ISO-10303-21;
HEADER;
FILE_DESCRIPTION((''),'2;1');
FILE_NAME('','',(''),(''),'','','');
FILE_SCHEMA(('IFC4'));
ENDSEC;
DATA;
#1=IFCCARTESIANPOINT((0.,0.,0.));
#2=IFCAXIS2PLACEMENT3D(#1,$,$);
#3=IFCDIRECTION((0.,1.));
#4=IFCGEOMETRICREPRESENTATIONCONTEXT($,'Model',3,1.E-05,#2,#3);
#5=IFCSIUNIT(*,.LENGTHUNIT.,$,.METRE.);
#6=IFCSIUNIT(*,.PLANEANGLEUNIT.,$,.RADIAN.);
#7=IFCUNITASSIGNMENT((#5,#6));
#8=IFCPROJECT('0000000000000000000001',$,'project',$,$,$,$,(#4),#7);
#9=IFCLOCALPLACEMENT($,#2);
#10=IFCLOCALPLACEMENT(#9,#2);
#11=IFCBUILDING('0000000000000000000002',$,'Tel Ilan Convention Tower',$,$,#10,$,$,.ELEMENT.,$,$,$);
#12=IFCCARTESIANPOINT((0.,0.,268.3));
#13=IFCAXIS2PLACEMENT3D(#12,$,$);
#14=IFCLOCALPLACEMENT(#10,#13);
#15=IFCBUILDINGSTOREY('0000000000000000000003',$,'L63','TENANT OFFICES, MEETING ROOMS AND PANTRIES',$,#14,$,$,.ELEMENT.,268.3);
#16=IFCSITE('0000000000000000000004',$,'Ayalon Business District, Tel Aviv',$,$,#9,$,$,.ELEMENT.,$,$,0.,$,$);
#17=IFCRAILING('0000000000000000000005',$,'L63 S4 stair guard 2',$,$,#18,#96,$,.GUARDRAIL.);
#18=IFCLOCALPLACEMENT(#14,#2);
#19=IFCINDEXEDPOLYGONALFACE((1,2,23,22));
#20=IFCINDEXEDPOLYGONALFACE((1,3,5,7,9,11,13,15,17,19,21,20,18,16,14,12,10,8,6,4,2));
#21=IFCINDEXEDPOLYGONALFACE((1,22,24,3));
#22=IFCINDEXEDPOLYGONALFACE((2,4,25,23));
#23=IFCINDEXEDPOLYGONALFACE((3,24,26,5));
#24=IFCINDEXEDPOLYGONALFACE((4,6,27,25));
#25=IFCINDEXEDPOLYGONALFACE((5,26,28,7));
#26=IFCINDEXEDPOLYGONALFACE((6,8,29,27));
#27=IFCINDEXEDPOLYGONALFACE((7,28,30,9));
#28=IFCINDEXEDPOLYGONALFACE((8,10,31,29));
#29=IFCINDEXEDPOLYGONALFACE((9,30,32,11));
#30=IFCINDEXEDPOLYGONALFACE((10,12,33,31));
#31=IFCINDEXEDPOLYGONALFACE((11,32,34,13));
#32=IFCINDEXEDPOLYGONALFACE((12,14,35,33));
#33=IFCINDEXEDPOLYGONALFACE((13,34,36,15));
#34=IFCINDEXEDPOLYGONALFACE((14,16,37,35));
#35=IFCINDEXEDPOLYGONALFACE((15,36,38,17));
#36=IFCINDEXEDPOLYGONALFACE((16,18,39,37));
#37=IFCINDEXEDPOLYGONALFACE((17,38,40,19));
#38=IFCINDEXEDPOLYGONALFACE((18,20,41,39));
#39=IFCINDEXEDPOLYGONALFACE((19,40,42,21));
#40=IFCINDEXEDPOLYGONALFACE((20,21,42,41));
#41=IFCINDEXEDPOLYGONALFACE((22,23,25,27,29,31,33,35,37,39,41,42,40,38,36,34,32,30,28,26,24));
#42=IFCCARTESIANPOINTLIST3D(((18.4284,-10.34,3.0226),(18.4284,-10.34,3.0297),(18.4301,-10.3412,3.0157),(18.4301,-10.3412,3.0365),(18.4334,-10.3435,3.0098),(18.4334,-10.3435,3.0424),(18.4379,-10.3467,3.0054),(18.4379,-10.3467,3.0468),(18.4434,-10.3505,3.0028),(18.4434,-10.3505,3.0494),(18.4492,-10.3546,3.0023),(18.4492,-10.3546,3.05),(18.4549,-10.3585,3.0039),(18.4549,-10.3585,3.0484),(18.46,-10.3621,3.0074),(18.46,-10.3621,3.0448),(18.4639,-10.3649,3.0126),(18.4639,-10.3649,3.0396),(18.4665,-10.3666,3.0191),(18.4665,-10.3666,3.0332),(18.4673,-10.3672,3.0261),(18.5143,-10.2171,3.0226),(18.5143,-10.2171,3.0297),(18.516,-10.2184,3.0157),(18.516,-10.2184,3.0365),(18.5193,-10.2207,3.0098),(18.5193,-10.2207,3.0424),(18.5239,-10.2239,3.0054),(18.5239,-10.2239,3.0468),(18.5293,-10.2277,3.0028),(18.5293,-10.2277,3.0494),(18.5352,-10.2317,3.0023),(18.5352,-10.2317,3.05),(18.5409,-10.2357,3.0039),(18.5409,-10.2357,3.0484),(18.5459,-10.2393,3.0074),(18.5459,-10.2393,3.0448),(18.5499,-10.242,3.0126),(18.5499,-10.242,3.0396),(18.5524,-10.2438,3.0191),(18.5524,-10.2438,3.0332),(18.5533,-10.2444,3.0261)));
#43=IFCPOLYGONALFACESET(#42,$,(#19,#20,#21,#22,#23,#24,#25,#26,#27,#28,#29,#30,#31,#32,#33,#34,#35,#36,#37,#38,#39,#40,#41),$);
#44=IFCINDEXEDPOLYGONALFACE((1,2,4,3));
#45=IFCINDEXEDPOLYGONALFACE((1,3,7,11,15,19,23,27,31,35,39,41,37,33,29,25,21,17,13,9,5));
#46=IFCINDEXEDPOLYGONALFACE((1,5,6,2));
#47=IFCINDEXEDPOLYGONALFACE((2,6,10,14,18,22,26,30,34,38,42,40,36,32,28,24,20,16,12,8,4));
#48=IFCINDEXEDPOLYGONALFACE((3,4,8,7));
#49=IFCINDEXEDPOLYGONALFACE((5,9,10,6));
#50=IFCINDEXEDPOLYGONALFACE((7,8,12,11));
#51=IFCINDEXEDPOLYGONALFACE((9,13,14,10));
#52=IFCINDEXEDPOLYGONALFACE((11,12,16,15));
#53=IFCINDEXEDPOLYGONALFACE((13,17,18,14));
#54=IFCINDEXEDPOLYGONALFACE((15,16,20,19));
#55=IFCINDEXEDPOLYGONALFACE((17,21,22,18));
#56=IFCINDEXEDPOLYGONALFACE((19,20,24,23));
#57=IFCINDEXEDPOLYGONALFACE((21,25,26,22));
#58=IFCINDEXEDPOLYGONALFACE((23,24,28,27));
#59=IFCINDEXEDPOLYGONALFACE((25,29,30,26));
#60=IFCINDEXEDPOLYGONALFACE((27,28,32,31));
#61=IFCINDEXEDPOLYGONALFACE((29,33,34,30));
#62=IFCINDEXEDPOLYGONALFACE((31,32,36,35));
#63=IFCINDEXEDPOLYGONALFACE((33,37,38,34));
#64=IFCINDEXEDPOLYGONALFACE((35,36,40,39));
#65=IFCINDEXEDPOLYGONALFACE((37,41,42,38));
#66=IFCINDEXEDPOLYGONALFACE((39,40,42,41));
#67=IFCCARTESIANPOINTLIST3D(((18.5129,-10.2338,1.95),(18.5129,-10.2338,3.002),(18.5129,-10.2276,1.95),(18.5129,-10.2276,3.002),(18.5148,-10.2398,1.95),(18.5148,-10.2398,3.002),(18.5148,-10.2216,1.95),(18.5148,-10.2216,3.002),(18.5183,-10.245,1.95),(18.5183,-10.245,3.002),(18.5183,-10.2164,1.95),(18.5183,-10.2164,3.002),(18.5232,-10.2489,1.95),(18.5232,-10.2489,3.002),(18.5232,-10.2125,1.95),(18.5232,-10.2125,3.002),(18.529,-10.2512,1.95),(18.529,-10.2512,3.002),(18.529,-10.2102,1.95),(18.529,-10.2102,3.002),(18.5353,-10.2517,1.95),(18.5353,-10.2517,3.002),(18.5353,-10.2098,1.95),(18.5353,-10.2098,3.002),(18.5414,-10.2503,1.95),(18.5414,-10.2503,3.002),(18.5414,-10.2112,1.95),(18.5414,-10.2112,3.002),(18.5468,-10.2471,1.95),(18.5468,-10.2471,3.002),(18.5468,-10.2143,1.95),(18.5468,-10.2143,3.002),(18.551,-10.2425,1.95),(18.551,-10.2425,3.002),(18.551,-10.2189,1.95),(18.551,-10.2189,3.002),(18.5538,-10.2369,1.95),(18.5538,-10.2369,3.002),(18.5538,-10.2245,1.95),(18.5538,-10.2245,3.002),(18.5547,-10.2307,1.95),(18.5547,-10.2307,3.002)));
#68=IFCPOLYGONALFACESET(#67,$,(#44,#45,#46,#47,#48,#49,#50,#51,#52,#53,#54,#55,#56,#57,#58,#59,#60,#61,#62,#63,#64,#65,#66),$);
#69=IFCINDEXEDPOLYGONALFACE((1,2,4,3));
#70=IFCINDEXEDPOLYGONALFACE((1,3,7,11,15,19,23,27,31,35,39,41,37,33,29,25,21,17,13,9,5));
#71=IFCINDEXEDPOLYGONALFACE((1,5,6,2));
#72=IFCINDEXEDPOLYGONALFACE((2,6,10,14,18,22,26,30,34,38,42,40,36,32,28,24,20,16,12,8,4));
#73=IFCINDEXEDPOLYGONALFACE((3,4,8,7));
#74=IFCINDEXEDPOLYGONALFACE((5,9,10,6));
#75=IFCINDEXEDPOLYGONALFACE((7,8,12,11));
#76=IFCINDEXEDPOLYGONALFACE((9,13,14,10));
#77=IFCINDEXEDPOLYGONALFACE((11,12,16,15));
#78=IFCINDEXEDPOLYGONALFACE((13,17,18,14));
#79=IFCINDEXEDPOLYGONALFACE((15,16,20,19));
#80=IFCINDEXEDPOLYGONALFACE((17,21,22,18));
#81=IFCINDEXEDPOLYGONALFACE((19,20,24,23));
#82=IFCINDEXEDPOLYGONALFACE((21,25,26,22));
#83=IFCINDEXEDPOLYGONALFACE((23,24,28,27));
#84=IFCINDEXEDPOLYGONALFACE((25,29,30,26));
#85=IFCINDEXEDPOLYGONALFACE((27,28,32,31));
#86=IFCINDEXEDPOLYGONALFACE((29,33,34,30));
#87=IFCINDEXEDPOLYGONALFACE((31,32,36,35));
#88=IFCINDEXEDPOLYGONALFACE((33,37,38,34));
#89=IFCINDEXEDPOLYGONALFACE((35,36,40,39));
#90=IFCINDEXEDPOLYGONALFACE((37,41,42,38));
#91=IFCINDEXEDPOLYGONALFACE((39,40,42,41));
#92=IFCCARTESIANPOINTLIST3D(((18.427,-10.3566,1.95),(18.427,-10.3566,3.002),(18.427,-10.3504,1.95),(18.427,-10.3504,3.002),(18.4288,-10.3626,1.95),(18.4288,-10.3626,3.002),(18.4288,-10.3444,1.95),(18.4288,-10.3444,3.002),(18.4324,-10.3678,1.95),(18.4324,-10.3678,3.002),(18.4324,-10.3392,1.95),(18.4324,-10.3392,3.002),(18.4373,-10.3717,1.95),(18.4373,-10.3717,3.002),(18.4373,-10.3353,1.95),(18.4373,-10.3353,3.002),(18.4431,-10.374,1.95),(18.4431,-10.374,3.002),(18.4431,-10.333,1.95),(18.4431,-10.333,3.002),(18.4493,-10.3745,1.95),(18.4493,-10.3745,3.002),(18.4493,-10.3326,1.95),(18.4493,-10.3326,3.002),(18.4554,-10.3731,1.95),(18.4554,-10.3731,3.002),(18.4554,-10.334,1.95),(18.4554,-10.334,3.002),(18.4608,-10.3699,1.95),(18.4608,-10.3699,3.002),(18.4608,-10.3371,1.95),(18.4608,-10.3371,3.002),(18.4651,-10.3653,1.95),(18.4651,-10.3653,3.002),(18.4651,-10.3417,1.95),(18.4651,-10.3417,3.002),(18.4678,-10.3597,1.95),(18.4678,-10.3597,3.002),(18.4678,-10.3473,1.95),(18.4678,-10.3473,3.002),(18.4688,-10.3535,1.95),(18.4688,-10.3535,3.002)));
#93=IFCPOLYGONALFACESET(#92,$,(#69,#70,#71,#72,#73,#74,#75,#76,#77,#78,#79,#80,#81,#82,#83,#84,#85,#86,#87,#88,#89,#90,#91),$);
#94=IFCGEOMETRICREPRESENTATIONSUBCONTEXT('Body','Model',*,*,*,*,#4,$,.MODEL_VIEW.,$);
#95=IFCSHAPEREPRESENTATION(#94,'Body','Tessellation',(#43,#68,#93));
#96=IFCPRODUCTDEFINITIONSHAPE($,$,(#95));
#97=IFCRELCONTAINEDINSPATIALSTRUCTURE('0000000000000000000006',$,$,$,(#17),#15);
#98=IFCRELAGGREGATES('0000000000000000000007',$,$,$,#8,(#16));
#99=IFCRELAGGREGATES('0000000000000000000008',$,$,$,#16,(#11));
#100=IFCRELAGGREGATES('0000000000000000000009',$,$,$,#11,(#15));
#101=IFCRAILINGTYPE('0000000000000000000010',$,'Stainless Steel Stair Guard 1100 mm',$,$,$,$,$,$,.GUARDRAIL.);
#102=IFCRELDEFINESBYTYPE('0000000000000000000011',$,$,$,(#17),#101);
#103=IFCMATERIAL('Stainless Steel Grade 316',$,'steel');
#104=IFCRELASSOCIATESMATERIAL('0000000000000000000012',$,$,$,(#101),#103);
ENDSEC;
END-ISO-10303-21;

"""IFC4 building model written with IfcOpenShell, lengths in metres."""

from ifc_helpers import new_model, si_unit, direction, frame, origin, origin_2d, place, context, subcontext, project, spatial, circle, extrude, material, type_object, element, save


model = new_model("IFC4")

# Units and contexts
model_context = context("Model", 3, precision=1e-05, world=origin(), true_north=direction((0.0, 1.0)))
body_context = subcontext(model_context, "Body", "Model", "MODEL_VIEW")
ifc_project = project(units=[si_unit("LENGTHUNIT", "METRE"), si_unit("PLANEANGLEUNIT", "RADIAN")], contexts=[model_context])

# Site, building, storey
site_placement = place(None, origin())
site = spatial("IfcSite", under=ifc_project, at=site_placement, Name="Ayalon Business District, Tel Aviv", CompositionType="ELEMENT", RefElevation=0.0)
building_placement = place(site_placement, origin())
building = spatial("IfcBuilding", under=site, at=building_placement, Name="Tel Ilan Convention Tower", CompositionType="ELEMENT")
storey_placement = place(building_placement, frame((0.0, 0.0, 268.3)))
storey = spatial("IfcBuildingStorey", under=building, at=storey_placement, Name="L63", Description="TENANT OFFICES, MEETING ROOMS AND PANTRIES", CompositionType="ELEMENT", Elevation=268.3)

# Railing
ifc_material_1 = material(Name="Stainless Steel Grade 316", Category="steel")
railing_type_1 = type_object("IfcRailingType", Name="Stainless Steel Stair Guard 1100 mm", PredefinedType="GUARDRAIL", material=ifc_material_1)
railing_1_placement = place(storey_placement, frame((18.5337, -10.2307, 1.95)))
element("IfcRailing", 1, at=railing_1_placement, inside=storey, type_object=railing_type_1, Name="L63 S4 stair guard 2", PredefinedType="GUARDRAIL", context=body_context, shape_type="SweptSolid", body=[
    extrude(circle(Radius=0.0239, at=origin_2d()), frame((0.0, 0.0, 1.0762), z_axis=(-0.573353, -0.819308, 0.0), x_axis=(0.819308, -0.573353, 0.0)), (0.0, 0.0, 1.0), 0.1499),
    extrude(circle(Radius=0.021, at=origin_2d()), origin(), (0.0, 0.0, 1.0), 1.052),
    extrude(circle(Radius=0.021, at=origin_2d()), frame((-0.0859, -0.1228, 0.0)), (0.0, 0.0, 1.0), 1.052),
])

save(model, "model.ifc")
